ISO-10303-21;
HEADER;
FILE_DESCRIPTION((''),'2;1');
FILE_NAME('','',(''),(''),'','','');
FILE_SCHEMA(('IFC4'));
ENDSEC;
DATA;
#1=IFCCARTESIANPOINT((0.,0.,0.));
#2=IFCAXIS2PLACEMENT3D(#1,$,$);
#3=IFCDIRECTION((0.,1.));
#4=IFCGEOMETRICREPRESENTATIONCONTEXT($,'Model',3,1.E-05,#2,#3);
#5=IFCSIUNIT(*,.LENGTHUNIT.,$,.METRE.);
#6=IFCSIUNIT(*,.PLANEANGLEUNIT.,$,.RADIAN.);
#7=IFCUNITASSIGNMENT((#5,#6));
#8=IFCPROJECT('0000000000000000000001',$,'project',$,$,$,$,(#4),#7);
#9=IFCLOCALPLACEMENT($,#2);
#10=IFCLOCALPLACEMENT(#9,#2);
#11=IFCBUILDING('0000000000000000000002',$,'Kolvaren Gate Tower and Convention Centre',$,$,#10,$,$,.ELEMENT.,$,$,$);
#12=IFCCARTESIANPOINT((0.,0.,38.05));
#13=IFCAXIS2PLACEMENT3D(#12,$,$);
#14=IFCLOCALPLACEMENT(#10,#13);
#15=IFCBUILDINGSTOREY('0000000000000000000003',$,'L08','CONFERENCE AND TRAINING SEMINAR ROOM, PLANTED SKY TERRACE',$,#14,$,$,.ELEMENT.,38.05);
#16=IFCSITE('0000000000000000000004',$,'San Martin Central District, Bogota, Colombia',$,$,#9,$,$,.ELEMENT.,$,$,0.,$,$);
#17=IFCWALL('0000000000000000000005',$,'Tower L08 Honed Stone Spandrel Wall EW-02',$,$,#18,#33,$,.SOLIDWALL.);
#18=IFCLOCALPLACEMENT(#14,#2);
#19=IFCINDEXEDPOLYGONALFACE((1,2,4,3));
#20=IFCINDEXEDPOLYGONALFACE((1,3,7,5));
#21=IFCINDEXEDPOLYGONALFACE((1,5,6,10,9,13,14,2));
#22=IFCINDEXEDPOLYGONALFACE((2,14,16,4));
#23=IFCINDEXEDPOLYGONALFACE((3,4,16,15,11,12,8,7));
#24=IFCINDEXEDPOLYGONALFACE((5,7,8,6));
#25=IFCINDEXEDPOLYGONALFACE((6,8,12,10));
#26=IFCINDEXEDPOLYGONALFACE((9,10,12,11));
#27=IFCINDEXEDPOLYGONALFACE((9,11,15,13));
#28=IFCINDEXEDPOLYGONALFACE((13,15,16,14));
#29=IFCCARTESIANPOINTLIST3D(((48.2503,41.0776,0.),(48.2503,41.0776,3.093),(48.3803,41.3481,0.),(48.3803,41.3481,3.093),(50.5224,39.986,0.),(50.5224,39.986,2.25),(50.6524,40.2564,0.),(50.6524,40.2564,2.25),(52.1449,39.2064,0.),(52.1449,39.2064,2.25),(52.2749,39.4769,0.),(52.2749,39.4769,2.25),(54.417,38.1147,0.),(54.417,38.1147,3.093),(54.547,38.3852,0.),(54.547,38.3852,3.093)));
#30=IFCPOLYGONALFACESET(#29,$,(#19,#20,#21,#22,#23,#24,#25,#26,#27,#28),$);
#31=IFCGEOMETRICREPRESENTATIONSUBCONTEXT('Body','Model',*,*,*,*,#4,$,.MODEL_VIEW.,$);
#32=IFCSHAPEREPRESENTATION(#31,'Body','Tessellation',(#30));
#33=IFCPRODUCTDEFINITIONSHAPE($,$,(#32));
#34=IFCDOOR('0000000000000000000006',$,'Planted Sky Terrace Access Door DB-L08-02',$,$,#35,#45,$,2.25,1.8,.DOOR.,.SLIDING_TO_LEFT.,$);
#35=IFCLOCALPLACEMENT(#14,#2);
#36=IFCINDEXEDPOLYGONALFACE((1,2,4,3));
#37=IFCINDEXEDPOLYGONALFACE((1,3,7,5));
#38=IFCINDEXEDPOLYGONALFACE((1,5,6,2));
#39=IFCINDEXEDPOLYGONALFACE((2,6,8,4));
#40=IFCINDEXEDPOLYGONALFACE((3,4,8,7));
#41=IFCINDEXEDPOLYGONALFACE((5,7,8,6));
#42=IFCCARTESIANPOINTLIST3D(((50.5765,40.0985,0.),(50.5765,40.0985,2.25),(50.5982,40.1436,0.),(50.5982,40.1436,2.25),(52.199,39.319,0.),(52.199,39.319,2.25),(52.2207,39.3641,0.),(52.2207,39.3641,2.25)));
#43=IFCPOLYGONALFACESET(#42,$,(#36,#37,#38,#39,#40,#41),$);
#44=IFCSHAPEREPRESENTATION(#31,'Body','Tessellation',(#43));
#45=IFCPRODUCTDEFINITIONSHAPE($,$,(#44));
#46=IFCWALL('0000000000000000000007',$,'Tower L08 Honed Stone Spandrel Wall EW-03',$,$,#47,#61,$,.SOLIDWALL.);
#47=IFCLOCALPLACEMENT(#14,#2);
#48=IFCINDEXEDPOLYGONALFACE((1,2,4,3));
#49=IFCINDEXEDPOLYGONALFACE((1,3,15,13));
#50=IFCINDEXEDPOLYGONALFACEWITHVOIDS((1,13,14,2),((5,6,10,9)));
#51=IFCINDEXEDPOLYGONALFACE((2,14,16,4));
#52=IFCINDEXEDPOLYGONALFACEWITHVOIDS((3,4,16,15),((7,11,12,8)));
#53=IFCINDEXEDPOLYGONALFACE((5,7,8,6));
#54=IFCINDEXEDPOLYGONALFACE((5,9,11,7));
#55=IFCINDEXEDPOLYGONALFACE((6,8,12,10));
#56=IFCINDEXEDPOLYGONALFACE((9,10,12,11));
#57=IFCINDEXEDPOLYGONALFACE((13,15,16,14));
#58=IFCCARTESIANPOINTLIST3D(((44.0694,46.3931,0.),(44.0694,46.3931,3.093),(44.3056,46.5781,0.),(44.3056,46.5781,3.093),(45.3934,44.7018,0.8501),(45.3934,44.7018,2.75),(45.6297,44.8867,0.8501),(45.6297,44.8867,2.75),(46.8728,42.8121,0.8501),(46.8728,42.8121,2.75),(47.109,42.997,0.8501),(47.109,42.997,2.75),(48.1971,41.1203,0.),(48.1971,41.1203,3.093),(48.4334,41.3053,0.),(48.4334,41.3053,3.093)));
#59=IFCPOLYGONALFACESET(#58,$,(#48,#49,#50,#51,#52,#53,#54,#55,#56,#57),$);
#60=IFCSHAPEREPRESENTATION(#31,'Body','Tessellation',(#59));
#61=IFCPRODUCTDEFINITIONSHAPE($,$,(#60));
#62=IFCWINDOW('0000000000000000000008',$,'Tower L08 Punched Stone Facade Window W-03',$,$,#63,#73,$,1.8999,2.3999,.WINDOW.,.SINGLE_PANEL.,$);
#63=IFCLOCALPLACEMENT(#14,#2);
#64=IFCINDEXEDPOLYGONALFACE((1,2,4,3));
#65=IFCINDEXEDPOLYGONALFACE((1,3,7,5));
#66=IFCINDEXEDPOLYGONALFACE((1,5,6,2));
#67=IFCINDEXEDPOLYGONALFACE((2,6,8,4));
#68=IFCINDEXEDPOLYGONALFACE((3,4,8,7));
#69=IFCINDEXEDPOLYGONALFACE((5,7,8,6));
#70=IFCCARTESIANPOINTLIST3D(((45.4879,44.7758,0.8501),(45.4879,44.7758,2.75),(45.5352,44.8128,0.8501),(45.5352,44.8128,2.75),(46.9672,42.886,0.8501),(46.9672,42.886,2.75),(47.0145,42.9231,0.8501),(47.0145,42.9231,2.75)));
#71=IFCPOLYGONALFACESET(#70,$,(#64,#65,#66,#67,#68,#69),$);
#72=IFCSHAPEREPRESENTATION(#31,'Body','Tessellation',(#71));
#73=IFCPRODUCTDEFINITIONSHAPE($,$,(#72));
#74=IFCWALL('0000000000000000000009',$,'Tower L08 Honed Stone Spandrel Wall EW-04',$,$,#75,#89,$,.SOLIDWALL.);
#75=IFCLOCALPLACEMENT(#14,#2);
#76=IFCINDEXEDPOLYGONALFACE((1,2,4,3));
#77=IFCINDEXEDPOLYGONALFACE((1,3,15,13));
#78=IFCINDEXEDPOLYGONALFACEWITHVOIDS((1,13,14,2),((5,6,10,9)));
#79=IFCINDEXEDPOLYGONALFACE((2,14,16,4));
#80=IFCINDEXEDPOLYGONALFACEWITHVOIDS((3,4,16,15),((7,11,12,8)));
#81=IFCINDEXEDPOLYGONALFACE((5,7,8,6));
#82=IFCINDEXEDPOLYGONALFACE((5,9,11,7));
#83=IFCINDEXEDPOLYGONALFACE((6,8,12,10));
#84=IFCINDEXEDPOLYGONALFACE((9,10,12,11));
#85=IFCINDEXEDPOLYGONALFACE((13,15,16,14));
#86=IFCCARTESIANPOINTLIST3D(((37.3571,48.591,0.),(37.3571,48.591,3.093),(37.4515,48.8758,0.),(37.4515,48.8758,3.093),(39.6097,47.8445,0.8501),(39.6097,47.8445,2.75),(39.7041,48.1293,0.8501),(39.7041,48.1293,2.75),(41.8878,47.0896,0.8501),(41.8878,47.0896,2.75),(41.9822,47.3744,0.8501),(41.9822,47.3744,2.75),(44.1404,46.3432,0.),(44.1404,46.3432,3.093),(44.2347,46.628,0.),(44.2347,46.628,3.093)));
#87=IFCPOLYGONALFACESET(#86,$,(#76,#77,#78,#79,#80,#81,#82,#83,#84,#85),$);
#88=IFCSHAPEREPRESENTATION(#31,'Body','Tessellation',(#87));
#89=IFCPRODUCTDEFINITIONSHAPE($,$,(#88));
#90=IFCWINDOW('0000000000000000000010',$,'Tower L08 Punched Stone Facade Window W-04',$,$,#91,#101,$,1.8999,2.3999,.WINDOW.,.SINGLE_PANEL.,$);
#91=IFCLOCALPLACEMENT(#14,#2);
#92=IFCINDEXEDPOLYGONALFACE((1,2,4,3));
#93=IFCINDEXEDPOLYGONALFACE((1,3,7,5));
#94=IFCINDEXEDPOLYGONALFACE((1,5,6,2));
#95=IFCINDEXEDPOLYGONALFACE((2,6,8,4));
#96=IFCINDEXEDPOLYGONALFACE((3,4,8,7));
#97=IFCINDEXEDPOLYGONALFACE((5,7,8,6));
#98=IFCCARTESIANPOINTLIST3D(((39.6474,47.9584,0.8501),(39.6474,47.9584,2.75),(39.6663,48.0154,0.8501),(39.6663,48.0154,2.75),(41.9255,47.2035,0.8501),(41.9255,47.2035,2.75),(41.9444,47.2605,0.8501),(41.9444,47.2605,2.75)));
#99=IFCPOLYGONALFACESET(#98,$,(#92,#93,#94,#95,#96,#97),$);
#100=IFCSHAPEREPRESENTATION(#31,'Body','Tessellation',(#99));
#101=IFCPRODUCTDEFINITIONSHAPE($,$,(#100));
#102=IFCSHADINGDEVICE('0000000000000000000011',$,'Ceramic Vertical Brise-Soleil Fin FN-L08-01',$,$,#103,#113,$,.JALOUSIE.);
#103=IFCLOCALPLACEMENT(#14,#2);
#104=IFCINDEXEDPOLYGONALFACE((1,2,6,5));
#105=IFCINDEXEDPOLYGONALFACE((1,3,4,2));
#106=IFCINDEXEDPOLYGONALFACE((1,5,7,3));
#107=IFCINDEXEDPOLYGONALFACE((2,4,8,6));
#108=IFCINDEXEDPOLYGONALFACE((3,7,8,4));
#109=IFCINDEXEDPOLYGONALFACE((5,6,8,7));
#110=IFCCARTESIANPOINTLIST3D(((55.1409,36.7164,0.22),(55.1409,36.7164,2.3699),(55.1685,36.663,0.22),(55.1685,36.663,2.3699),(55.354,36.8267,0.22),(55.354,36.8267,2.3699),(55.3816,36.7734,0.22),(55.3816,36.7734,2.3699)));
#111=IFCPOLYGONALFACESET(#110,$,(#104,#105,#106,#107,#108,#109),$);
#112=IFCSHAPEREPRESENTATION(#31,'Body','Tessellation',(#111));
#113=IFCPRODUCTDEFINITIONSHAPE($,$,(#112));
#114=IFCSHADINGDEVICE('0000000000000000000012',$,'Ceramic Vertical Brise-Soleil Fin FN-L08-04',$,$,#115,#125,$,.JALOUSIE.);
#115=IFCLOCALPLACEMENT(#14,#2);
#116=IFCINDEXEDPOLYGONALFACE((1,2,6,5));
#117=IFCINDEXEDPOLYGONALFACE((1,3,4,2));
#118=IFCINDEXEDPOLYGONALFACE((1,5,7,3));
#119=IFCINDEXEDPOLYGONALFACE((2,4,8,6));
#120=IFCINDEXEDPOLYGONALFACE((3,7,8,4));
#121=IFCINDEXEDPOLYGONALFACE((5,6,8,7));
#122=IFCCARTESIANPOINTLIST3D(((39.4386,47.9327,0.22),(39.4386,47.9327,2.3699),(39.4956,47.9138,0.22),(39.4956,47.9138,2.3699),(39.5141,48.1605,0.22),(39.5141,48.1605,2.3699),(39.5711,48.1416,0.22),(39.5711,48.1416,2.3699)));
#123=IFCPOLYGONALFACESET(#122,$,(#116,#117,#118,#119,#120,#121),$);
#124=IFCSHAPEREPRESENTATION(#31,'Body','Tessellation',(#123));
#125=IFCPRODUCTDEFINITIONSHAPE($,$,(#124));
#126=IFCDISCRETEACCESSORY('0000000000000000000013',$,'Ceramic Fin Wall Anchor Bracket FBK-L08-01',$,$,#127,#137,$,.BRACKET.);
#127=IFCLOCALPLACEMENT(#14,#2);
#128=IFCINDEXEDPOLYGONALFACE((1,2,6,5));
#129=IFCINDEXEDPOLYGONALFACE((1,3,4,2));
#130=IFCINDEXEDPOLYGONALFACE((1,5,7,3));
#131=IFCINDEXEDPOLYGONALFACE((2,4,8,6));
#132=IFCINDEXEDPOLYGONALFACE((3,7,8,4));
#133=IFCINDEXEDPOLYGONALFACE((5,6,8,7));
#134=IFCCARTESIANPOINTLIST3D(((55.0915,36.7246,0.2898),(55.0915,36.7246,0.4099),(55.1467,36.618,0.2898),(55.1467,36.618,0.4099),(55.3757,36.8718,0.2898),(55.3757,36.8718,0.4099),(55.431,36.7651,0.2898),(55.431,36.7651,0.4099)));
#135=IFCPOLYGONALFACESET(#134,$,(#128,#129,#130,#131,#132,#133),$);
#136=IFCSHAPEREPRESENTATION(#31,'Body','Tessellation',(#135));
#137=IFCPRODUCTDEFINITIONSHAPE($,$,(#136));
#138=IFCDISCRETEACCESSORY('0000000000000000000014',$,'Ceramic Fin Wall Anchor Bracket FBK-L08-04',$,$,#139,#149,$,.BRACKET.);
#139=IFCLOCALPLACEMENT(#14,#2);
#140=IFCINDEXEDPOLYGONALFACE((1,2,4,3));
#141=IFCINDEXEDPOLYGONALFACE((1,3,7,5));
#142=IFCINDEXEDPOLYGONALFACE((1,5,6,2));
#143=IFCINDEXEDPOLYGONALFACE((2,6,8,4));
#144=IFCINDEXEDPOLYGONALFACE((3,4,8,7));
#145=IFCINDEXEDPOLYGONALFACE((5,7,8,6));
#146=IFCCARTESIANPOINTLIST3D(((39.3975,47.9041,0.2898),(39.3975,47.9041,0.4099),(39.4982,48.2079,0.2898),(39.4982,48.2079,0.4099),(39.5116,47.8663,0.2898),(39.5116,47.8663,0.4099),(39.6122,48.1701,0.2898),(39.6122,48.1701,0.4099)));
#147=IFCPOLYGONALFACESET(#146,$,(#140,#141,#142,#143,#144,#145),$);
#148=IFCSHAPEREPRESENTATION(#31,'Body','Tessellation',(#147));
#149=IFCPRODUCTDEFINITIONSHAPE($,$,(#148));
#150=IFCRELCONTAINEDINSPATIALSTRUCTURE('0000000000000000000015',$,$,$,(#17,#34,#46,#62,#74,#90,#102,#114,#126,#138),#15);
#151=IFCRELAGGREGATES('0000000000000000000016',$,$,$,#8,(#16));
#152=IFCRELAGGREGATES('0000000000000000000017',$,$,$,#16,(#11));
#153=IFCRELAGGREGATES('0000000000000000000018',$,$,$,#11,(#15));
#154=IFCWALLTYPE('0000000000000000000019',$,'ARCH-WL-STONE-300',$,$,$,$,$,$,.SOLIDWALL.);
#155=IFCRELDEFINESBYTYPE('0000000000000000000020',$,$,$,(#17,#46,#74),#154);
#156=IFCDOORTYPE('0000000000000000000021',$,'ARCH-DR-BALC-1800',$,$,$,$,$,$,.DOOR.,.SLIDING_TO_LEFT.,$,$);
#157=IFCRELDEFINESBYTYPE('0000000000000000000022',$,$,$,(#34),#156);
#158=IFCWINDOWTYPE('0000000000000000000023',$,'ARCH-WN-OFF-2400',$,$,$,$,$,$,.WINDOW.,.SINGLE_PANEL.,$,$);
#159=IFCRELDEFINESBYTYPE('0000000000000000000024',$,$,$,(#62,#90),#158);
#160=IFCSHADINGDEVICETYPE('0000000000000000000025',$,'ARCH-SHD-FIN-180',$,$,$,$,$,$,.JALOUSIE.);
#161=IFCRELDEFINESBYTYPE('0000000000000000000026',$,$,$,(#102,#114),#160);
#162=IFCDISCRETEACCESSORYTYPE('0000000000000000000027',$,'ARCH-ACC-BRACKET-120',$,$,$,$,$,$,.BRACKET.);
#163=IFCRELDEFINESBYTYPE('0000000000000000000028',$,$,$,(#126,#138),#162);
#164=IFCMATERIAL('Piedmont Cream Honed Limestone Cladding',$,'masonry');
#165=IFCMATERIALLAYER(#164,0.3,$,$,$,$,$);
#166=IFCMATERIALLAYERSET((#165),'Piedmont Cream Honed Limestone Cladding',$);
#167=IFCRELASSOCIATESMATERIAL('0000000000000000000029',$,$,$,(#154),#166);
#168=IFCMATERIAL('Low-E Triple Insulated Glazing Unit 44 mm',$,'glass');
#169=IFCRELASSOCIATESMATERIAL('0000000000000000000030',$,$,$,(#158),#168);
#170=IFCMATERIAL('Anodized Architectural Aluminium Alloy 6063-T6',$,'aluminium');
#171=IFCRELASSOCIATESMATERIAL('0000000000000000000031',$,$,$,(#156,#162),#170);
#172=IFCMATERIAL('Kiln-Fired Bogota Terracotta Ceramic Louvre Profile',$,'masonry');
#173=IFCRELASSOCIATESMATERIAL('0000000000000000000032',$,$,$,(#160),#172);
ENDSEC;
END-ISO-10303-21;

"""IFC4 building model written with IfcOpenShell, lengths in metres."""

from ifc_helpers import new_model, si_unit, direction, frame, frame_2d, origin, origin_2d, place, context, subcontext, project, spatial, rectangle, extrude, material, layer, layer_set, type_object, element, fill, save


model = new_model("IFC4")

# Units and contexts
model_context = context("Model", 3, precision=1e-05, world=origin(), true_north=direction((0.0, 1.0)))
body_context = subcontext(model_context, "Body", "Model", "MODEL_VIEW")
ifc_project = project(units=[si_unit("LENGTHUNIT", "METRE"), si_unit("PLANEANGLEUNIT", "RADIAN")], contexts=[model_context])

# Site, building, storey
site_placement = place(None, origin())
site = spatial("IfcSite", under=ifc_project, at=site_placement, Name="San Martin Central District, Bogota, Colombia", CompositionType="ELEMENT", RefElevation=0.0)
building_placement = place(site_placement, origin())
building = spatial("IfcBuilding", under=site, at=building_placement, Name="Kolvaren Gate Tower and Convention Centre", CompositionType="ELEMENT")
storey_placement = place(building_placement, frame((0.0, 0.0, 38.05)))
storey = spatial("IfcBuildingStorey", under=building, at=storey_placement, Name="L08", Description="CONFERENCE AND TRAINING SEMINAR ROOM, PLANTED SKY TERRACE", CompositionType="ELEMENT", Elevation=38.05)

# Shared definitions
ifc_material_1 = material(Name="Piedmont Cream Honed Limestone Cladding", Category="masonry")

# Shared definitions
ifc_layer_1 = layer(ifc_material_1, 0.3)
ifc_layer_set_1 = layer_set([ifc_layer_1], Name="Piedmont Cream Honed Limestone Cladding")
wall_type_1 = type_object("IfcWallType", Name="ARCH-WL-STONE-300", PredefinedType="SOLIDWALL", material=ifc_layer_set_1)
ifc_material_2 = material(Name="Low-E Triple Insulated Glazing Unit 44 mm", Category="glass")
window_type = type_object("IfcWindowType", Name="ARCH-WN-OFF-2400", PartitioningType="SINGLE_PANEL", PredefinedType="WINDOW", material=ifc_material_2)

# Wall, opening, door
wall_1_placement = place(storey_placement, frame((48.3152, 41.2129, 0.0), z_axis=(0.0, 0.0, 1.0), x_axis=(0.90136, -0.43307, 0.0)))
wall_1 = element("IfcWall", 1, at=wall_1_placement, inside=storey, type_object=wall_type_1, Name="Tower L08 Honed Stone Spandrel Wall EW-02", PredefinedType="SOLIDWALL", context=body_context, shape_type="SweptSolid", body=[
    extrude(rectangle(XDim=6.8416, YDim=0.3, at=frame_2d((3.4209, 0.0))), origin(), (0.0, 0.0, 1.0), 3.093),
])
opening_1_placement = place(wall_1_placement, frame((2.521, 0.0, 0.0)))
opening_1 = element("IfcOpeningElement", 2, at=opening_1_placement, cuts=wall_1, PredefinedType="OPENING", context=body_context, shape_type="SweptSolid", body=[
    extrude(rectangle(XDim=1.8, YDim=2.25, at=frame_2d((0.8999, 1.125))), frame((0.0, 0.1599, 0.0), z_axis=(0.0, -1.0, 0.0), x_axis=(1.0, 0.0, 0.0)), (0.0, 0.0, 1.0), 0.3201),
])
ifc_material_3 = material(Name="Anodized Architectural Aluminium Alloy 6063-T6", Category="aluminium")
door_type_1 = type_object("IfcDoorType", Name="ARCH-DR-BALC-1800", OperationType="SLIDING_TO_LEFT", PredefinedType="DOOR", material=ifc_material_3)
door_1_placement = place(opening_1_placement, origin())
door_1 = element("IfcDoor", 3, at=door_1_placement, inside=storey, type_object=door_type_1, Name="Planted Sky Terrace Access Door DB-L08-02", OperationType="SLIDING_TO_LEFT", OverallHeight=2.25, OverallWidth=1.8, PredefinedType="DOOR", context=body_context, shape_type="SweptSolid", body=[
    extrude(rectangle(XDim=1.8, YDim=2.25, at=frame_2d((0.8999, 1.125))), frame((0.0, 0.0249, 0.0), z_axis=(0.0, -1.0, 0.0), x_axis=(1.0, 0.0, 0.0)), (0.0, 0.0, 1.0), 0.05),
])
fill(opening_1, door_1)

# Walls, openings, windows
wall_2_placement = place(storey_placement, frame((44.1875, 46.4856, 0.0), z_axis=(0.0, 0.0, 1.0), x_axis=(0.616421, -0.787417, 0.0)))
wall_2 = element("IfcWall", 4, at=wall_2_placement, inside=storey, type_object=wall_type_1, Name="Tower L08 Honed Stone Spandrel Wall EW-03", PredefinedType="SOLIDWALL", context=body_context, shape_type="SweptSolid", body=[
    extrude(rectangle(XDim=6.6963, YDim=0.3, at=frame_2d((3.3481, 0.0))), origin(), (0.0, 0.0, 1.0), 3.093),
])
opening_2_placement = place(wall_2_placement, frame((2.1479, 0.0, 0.8501)))
opening_2 = element("IfcOpeningElement", 5, at=opening_2_placement, cuts=wall_2, PredefinedType="OPENING", context=body_context, shape_type="SweptSolid", body=[
    extrude(rectangle(XDim=2.3999, YDim=1.8999, at=frame_2d((1.2, 0.95))), frame((0.0, 0.1599, 0.0), z_axis=(0.0, -1.0, 0.0), x_axis=(1.0, 0.0, 0.0)), (0.0, 0.0, 1.0), 0.3201),
])
window_1_placement = place(opening_2_placement, origin())
window_1 = element("IfcWindow", 6, at=window_1_placement, inside=storey, type_object=window_type, Name="Tower L08 Punched Stone Facade Window W-03", OverallHeight=1.8999, OverallWidth=2.3999, PartitioningType="SINGLE_PANEL", PredefinedType="WINDOW", context=body_context, shape_type="SweptSolid", body=[
    extrude(rectangle(XDim=2.3999, YDim=1.8999, at=frame_2d((1.2, 0.95))), frame((0.0, 0.03, 0.0), z_axis=(0.0, -1.0, 0.0), x_axis=(1.0, 0.0, 0.0)), (0.0, 0.0, 1.0), 0.0601),
])
fill(opening_2, window_1)
wall_3_placement = place(storey_placement, frame((37.4043, 48.7334, 0.0), z_axis=(0.0, 0.0, 1.0), x_axis=(0.949239, -0.314557, 0.0)))
wall_3 = element("IfcWall", 7, at=wall_3_placement, inside=storey, type_object=wall_type_1, Name="Tower L08 Honed Stone Spandrel Wall EW-04", PredefinedType="SOLIDWALL", context=body_context, shape_type="SweptSolid", body=[
    extrude(rectangle(XDim=7.146, YDim=0.3, at=frame_2d((3.573, 0.0))), origin(), (0.0, 0.0, 1.0), 3.093),
])
opening_3_placement = place(wall_3_placement, frame((2.373, 0.0, 0.8501)))
opening_3 = element("IfcOpeningElement", 8, at=opening_3_placement, cuts=wall_3, PredefinedType="OPENING", context=body_context, shape_type="SweptSolid", body=[
    extrude(rectangle(XDim=2.3999, YDim=1.8999, at=frame_2d((1.2, 0.95))), frame((0.0, 0.1599, 0.0), z_axis=(0.0, -1.0, 0.0), x_axis=(1.0, 0.0, 0.0)), (0.0, 0.0, 1.0), 0.3201),
])
window_2_placement = place(opening_3_placement, origin())
window_2 = element("IfcWindow", 9, at=window_2_placement, inside=storey, type_object=window_type, Name="Tower L08 Punched Stone Facade Window W-04", OverallHeight=1.8999, OverallWidth=2.3999, PartitioningType="SINGLE_PANEL", PredefinedType="WINDOW", context=body_context, shape_type="SweptSolid", body=[
    extrude(rectangle(XDim=2.3999, YDim=1.8999, at=frame_2d((1.2, 0.95))), frame((0.0, 0.03, 0.0), z_axis=(0.0, -1.0, 0.0), x_axis=(1.0, 0.0, 0.0)), (0.0, 0.0, 1.0), 0.0601),
])
fill(opening_3, window_2)

# Shading devices
ifc_material_4 = material(Name="Kiln-Fired Bogota Terracotta Ceramic Louvre Profile", Category="masonry")
shading_device_type = type_object("IfcShadingDeviceType", Name="ARCH-SHD-FIN-180", PredefinedType="JALOUSIE", material=ifc_material_4)
for number, where, z_axis, x_axis, name in (
    (10, (55.2612, 36.7449, 0.22), (0.0, 0.0, 1.0), (0.459789, -0.888028, 0.0), "Ceramic Vertical Brise-Soleil Fin FN-L08-01"),
    (11, (39.5049, 48.0371, 0.22), (0.0, 0.0, 1.0), (0.949243, -0.314544, 0.0), "Ceramic Vertical Brise-Soleil Fin FN-L08-04"),
):
    element("IfcShadingDevice", number, at=place(storey_placement, frame(where, z_axis=z_axis, x_axis=x_axis)), inside=storey, type_object=shading_device_type, Name=name, PredefinedType="JALOUSIE", context=body_context, shape_type="SweptSolid", body=[
        extrude(rectangle(XDim=0.0601, YDim=0.24, at=origin_2d()), origin(), (0.0, 0.0, 1.0), 2.1499),
    ])

# Discrete accessories
discrete_accessory_type = type_object("IfcDiscreteAccessoryType", Name="ARCH-ACC-BRACKET-120", PredefinedType="BRACKET", material=ifc_material_3)
for number, where, z_axis, x_axis, name in (
    (12, (55.2612, 36.7449, 0.2898), (0.0, 0.0, 1.0), (0.459789, -0.888028, 0.0), "Ceramic Fin Wall Anchor Bracket FBK-L08-01"),
    (13, (39.5049, 48.0371, 0.2898), (0.0, 0.0, 1.0), (0.949243, -0.314544, 0.0), "Ceramic Fin Wall Anchor Bracket FBK-L08-04"),
):
    element("IfcDiscreteAccessory", number, at=place(storey_placement, frame(where, z_axis=z_axis, x_axis=x_axis)), inside=storey, type_object=discrete_accessory_type, Name=name, PredefinedType="BRACKET", context=body_context, shape_type="SweptSolid", body=[
        extrude(rectangle(XDim=0.1201, YDim=0.3201, at=origin_2d()), origin(), (0.0, 0.0, 1.0), 0.1201),
    ])

save(model, "model.ifc")
